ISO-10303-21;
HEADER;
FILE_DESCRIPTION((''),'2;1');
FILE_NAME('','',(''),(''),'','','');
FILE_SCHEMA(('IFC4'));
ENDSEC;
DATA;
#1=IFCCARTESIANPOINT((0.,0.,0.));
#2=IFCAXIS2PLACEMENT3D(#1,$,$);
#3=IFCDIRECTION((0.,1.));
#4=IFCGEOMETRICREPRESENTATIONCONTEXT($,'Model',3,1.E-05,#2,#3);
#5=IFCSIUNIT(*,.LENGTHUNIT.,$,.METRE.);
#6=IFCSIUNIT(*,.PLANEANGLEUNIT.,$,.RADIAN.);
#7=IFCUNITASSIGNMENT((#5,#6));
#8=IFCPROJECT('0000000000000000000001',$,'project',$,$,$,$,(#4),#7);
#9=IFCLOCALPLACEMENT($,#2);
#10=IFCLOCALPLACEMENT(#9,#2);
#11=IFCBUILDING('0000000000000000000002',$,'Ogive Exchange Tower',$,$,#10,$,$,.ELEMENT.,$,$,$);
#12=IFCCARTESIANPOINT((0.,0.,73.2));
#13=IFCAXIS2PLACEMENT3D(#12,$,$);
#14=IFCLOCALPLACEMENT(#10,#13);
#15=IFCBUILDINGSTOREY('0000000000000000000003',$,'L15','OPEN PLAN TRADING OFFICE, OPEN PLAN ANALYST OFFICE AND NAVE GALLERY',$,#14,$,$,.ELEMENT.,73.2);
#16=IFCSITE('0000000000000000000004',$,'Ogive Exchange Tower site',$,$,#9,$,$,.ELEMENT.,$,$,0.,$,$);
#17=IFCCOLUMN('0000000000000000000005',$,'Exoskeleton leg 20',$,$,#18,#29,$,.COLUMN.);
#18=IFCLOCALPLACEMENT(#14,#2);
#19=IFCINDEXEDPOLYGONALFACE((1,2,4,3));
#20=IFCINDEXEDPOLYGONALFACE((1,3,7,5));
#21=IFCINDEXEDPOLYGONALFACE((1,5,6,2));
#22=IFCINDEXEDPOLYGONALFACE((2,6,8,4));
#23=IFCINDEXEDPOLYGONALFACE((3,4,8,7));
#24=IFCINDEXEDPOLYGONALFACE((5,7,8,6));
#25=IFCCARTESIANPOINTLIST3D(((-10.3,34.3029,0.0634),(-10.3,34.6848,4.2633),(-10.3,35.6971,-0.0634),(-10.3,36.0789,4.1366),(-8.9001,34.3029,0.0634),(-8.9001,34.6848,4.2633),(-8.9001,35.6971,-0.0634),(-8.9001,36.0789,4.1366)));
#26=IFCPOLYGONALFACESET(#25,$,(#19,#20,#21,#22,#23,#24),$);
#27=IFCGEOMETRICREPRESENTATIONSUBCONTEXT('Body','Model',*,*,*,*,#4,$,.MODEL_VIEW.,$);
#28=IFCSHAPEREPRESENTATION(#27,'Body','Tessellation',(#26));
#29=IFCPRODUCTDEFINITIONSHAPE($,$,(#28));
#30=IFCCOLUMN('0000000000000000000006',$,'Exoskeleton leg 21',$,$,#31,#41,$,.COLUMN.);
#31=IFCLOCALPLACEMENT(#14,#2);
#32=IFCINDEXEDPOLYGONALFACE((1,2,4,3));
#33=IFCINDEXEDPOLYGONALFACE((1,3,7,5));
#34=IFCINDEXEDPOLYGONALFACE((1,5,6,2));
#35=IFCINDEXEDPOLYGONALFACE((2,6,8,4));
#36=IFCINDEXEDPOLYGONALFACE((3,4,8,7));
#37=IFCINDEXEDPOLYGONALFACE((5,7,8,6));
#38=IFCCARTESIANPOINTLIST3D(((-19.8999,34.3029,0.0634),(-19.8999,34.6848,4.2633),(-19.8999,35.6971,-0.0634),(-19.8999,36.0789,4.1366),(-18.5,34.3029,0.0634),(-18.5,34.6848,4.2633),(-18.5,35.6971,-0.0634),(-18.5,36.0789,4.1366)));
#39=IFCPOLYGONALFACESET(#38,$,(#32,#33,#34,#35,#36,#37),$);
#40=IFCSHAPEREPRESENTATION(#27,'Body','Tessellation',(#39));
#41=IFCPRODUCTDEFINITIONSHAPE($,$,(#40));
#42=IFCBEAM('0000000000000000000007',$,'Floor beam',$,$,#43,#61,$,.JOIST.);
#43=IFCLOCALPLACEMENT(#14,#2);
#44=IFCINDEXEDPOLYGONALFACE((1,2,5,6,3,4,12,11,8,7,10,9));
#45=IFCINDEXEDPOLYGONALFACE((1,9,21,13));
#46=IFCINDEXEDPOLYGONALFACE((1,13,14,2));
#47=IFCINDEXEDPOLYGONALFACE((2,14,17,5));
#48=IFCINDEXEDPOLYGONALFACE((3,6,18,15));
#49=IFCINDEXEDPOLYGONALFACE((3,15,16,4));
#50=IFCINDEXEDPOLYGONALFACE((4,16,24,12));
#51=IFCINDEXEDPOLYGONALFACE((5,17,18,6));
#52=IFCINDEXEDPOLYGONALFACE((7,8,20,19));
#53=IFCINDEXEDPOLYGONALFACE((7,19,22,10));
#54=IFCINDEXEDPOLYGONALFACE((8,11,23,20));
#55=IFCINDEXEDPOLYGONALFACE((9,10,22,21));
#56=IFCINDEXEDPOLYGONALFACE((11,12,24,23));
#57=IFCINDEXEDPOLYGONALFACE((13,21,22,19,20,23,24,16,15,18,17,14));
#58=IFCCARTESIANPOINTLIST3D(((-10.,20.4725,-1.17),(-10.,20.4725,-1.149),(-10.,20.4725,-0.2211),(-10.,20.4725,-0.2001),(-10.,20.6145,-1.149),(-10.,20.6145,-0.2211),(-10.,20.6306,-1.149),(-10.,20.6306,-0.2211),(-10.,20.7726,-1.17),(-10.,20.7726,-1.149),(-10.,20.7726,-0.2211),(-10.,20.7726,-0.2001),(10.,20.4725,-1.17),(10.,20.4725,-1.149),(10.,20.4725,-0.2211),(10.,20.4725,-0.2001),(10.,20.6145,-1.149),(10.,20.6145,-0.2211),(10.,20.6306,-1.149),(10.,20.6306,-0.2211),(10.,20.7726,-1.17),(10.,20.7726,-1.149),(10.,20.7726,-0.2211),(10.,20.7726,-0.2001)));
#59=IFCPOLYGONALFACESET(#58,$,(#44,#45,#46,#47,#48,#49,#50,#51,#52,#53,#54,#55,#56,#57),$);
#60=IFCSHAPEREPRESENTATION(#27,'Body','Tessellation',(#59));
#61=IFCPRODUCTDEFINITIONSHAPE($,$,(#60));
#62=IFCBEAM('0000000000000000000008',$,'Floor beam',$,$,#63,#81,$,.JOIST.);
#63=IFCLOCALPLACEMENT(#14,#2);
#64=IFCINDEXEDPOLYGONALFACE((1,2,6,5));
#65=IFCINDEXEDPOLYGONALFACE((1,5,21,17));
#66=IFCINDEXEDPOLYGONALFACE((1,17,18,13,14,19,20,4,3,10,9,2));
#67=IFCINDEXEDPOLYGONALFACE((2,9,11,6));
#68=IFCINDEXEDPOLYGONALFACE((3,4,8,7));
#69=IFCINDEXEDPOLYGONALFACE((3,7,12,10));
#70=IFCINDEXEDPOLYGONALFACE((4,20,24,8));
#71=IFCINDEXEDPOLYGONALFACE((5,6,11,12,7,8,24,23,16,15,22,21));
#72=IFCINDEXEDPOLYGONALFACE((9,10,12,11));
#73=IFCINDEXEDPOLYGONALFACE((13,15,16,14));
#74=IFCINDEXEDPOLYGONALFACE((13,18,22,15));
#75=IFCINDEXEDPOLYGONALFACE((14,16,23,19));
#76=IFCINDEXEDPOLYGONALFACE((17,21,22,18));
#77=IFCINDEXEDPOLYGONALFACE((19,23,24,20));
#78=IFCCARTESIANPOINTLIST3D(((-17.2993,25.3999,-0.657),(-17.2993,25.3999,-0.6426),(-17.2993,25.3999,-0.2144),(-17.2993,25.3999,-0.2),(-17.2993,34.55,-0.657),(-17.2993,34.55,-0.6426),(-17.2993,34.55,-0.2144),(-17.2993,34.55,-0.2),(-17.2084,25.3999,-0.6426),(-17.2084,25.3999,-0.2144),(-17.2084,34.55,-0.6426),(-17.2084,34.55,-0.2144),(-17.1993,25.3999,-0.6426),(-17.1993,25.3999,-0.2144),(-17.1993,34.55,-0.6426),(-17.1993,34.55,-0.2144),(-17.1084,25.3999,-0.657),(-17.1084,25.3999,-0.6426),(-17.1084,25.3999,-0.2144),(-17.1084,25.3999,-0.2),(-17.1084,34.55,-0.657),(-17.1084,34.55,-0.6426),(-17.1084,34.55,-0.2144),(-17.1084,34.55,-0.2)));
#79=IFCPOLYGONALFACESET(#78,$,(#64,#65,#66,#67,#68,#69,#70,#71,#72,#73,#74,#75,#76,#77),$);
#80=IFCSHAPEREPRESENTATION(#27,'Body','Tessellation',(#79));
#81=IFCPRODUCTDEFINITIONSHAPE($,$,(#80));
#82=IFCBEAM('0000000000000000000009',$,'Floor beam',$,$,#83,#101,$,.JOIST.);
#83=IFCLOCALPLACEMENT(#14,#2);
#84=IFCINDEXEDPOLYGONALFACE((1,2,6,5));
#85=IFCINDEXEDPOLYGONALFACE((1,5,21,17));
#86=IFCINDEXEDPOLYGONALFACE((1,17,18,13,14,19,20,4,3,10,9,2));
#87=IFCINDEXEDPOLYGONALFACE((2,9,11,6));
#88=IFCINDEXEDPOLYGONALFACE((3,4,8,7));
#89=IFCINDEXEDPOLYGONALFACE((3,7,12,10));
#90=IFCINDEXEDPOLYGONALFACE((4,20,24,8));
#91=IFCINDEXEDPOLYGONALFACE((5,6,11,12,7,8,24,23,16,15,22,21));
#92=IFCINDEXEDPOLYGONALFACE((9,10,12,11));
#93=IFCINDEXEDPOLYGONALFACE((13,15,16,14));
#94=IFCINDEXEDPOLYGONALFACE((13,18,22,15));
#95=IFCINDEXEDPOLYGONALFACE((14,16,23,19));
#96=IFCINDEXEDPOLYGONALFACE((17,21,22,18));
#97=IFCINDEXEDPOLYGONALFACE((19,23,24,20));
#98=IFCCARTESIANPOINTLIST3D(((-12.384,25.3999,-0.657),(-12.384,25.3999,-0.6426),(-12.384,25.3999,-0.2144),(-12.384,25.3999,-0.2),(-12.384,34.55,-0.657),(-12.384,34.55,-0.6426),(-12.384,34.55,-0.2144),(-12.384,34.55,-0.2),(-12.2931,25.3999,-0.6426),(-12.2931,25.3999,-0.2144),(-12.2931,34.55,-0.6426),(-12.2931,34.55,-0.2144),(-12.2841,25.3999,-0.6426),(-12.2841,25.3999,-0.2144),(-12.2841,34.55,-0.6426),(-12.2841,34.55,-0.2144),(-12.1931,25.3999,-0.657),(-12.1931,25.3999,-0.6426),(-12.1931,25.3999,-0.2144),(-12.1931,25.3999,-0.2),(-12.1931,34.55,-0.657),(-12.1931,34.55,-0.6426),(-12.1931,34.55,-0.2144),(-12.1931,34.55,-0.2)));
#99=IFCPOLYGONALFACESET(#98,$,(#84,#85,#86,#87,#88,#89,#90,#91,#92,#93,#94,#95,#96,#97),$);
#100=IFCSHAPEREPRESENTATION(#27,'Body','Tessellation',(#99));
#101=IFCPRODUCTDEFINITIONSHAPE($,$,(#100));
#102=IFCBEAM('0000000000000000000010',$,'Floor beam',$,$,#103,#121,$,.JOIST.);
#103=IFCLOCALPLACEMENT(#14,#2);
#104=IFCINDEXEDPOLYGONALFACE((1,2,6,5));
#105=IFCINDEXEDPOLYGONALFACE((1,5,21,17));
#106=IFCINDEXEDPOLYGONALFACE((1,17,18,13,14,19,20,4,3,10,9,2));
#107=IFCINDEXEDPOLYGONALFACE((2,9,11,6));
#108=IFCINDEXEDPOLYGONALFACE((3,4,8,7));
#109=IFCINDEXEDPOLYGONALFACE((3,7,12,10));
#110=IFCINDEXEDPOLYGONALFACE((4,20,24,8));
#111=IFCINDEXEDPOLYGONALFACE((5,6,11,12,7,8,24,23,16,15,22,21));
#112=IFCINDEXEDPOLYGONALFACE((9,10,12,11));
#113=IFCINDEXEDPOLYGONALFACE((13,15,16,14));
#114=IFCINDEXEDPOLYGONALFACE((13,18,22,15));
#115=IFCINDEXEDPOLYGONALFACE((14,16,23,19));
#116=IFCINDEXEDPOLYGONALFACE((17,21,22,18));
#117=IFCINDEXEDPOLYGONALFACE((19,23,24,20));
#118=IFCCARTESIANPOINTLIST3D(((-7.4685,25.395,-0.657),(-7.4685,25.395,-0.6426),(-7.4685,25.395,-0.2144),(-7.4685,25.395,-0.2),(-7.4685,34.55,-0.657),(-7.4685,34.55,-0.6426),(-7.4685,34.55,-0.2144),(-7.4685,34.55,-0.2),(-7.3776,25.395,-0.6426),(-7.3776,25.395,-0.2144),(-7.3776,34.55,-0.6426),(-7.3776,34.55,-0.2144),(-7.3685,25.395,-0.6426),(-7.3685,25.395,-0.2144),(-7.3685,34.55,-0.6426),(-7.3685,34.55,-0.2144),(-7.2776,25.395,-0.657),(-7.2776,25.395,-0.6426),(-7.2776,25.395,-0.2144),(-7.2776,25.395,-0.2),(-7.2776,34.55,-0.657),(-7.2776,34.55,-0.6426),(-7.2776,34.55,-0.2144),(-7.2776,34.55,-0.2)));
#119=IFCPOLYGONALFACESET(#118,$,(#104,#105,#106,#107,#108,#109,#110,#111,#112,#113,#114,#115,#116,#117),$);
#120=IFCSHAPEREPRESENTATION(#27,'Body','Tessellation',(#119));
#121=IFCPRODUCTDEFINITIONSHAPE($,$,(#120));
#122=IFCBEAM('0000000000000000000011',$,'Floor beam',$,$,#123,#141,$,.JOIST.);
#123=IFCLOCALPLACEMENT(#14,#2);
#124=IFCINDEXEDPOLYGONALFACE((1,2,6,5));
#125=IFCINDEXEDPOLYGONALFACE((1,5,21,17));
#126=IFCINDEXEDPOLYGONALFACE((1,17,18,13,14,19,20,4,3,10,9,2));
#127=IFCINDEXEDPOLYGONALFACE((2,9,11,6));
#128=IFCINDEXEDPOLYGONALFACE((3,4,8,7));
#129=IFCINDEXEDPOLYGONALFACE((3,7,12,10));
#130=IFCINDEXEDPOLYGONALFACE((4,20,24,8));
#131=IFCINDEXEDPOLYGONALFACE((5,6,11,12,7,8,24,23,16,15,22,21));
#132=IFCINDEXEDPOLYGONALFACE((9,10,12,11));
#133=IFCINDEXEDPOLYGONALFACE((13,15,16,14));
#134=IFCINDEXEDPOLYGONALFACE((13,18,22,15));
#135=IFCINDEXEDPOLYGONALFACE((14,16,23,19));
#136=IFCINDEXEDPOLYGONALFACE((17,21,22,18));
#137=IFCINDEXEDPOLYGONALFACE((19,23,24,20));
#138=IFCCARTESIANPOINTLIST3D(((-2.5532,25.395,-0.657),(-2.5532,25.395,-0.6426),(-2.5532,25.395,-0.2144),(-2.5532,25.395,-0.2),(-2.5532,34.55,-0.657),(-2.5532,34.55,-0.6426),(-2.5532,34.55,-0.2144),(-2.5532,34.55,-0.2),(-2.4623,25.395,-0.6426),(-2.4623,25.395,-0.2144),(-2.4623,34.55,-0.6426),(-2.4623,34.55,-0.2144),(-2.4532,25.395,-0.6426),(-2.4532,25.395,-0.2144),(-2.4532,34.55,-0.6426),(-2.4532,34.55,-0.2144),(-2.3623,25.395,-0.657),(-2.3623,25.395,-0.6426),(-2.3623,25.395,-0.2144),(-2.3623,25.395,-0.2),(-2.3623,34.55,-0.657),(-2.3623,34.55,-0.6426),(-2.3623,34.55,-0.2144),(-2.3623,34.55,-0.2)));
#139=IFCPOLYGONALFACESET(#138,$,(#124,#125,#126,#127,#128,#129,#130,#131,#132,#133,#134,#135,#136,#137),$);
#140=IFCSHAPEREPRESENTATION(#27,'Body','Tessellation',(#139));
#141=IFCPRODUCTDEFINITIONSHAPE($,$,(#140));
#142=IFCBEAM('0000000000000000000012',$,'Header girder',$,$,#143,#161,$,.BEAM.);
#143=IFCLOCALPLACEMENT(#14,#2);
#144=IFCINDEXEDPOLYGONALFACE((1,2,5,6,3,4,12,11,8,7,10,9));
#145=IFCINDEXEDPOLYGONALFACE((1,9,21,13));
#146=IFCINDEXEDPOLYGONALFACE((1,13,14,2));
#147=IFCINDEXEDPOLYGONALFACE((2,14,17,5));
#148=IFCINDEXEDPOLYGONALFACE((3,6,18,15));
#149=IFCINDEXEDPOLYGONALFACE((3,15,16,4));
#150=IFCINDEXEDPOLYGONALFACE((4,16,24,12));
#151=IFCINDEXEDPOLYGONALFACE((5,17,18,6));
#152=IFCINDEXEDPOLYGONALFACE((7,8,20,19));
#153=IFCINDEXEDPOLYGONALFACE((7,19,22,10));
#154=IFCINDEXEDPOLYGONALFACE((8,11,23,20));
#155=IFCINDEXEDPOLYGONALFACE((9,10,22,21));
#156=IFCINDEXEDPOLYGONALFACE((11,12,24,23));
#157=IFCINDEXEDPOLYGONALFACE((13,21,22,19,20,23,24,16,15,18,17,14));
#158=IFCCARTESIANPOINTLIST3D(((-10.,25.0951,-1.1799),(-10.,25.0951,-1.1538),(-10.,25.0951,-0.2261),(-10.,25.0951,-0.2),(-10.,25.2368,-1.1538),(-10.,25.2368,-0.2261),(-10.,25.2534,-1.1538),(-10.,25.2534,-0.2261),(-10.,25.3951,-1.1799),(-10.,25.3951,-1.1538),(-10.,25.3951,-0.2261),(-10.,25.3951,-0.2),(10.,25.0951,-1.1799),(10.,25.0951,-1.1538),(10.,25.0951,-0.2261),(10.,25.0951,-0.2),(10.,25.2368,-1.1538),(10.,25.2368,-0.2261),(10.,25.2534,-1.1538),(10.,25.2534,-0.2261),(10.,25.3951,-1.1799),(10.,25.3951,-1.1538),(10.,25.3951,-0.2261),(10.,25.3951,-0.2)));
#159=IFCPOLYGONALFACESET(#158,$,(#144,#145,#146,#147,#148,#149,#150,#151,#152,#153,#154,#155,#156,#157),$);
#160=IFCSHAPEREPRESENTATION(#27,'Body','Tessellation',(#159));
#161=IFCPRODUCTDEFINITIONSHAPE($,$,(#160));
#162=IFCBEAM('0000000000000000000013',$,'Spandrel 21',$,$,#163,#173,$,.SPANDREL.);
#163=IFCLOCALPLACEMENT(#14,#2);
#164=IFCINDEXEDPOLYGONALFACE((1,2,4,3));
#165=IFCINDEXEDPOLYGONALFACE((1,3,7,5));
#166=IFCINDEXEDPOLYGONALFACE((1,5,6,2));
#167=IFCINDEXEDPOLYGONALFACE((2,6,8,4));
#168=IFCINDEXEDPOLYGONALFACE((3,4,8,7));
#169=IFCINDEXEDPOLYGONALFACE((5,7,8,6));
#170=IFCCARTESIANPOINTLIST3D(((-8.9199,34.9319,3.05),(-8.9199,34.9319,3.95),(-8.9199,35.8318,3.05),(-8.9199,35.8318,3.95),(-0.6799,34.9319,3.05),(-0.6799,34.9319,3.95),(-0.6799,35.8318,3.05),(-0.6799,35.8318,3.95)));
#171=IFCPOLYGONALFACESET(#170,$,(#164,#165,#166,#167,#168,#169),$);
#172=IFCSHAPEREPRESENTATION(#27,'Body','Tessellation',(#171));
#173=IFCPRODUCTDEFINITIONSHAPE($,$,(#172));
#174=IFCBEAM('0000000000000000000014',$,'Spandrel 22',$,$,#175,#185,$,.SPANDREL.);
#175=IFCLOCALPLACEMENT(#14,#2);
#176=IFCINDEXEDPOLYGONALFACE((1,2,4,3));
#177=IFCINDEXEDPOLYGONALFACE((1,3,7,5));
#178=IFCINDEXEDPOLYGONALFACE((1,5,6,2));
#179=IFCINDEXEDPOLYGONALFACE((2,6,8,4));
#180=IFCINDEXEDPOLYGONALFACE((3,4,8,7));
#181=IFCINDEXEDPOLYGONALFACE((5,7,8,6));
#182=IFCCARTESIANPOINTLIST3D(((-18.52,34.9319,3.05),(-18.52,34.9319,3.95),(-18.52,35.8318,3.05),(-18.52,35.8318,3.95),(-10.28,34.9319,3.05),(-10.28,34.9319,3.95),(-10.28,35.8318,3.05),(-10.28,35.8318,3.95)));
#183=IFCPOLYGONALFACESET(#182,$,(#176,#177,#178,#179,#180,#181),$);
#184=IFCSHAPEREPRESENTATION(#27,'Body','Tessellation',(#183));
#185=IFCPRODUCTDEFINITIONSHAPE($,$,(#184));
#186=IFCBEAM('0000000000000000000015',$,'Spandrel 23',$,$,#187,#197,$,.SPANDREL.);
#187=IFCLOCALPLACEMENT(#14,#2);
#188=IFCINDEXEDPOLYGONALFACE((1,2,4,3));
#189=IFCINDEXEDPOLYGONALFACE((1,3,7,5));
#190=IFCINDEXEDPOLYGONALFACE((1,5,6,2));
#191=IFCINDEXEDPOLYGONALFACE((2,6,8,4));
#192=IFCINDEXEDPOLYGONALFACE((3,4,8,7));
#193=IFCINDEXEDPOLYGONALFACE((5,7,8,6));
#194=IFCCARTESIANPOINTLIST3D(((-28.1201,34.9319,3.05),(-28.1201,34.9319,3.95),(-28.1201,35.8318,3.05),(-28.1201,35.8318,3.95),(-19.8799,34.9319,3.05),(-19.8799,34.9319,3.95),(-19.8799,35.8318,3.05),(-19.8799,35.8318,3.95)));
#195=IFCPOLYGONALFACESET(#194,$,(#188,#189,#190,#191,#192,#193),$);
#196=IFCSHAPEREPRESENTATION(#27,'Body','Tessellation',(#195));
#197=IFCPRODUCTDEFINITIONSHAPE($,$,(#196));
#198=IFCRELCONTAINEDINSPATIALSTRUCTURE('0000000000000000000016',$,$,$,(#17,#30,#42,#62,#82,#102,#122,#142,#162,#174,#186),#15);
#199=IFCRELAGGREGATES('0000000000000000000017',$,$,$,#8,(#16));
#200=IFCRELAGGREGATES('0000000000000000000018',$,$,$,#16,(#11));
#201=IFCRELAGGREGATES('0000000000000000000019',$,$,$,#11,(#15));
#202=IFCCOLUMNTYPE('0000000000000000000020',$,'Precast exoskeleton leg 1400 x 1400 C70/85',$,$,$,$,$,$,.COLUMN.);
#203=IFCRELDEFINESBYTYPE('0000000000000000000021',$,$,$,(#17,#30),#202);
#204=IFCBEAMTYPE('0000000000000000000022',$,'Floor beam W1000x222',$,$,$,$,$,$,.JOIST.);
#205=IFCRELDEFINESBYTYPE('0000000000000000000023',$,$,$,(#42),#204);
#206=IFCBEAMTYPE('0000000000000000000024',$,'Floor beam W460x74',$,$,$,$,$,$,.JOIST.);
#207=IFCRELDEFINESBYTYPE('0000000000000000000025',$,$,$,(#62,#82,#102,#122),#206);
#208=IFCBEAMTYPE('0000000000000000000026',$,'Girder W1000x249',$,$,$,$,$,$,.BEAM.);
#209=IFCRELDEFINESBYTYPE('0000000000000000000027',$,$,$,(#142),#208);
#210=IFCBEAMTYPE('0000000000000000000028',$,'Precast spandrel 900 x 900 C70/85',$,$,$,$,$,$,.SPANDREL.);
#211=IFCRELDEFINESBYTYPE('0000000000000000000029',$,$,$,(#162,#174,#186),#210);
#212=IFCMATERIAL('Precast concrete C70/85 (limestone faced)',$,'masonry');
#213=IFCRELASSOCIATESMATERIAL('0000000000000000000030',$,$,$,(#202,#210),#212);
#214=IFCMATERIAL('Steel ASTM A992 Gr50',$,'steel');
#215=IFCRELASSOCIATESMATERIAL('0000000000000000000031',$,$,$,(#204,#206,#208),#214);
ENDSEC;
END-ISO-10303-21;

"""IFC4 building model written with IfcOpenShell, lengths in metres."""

from ifc_helpers import new_model, si_unit, direction, frame, origin, origin_2d, place, context, subcontext, project, spatial, rectangle, i_section, extrude, material, material_profile, profile_set, type_object, element, save


model = new_model("IFC4")

# Units and contexts
model_context = context("Model", 3, precision=1e-05, world=origin(), true_north=direction((0.0, 1.0)))
body_context = subcontext(model_context, "Body", "Model", "MODEL_VIEW")
ifc_project = project(units=[si_unit("LENGTHUNIT", "METRE"), si_unit("PLANEANGLEUNIT", "RADIAN")], contexts=[model_context])

# Site, building, storey
site_placement = place(None, origin())
site = spatial("IfcSite", under=ifc_project, at=site_placement, Name="Ogive Exchange Tower site", CompositionType="ELEMENT", RefElevation=0.0)
building_placement = place(site_placement, origin())
building = spatial("IfcBuilding", under=site, at=building_placement, Name="Ogive Exchange Tower", CompositionType="ELEMENT")
storey_placement = place(building_placement, frame((0.0, 0.0, 73.2)))
storey = spatial("IfcBuildingStorey", under=building, at=storey_placement, Name="L15", Description="OPEN PLAN TRADING OFFICE, OPEN PLAN ANALYST OFFICE AND NAVE GALLERY", CompositionType="ELEMENT", Elevation=73.2)

# Columns
ifc_material_1 = material(Name="Precast concrete C70/85 (limestone faced)", Category="masonry")
ifc_material_profile_1 = material_profile(ifc_material_1, rectangle(XDim=1.3999, YDim=1.3999, at=origin_2d()), Name="1400 x 1400")
ifc_profile_set_1 = profile_set([ifc_material_profile_1], Name="Precast concrete C70/85 (limestone faced)")
column_type = type_object("IfcColumnType", Name="Precast exoskeleton leg 1400 x 1400 C70/85", PredefinedType="COLUMN", material=ifc_profile_set_1)
for number, where, z_axis, x_axis, name in (
    (1, (-9.6001, 35.0, 0.0), (0.0, 0.090541, 0.995893), (-1.0, 0.0, 0.0), "Exoskeleton leg 20"),
    (2, (-19.2, 35.0, 0.0), (0.0, 0.090541, 0.995893), (-1.0, 0.0, 0.0), "Exoskeleton leg 21"),
):
    element("IfcColumn", number, at=place(storey_placement, frame(where, z_axis=z_axis, x_axis=x_axis)), inside=storey, type_object=column_type, Name=name, PredefinedType="COLUMN", context=body_context, shape_type="SweptSolid", body=[
        extrude(rectangle(XDim=1.3999, YDim=1.3999, at=origin_2d()), origin(), (0.0, 0.0, 1.0), 4.2173),
    ])

# Beams
ifc_material_2 = material(Name="Steel ASTM A992 Gr50", Category="steel")
ifc_material_profile_2 = material_profile(ifc_material_2, i_section(OverallWidth=0.3, OverallDepth=0.97, WebThickness=0.0161, FlangeThickness=0.021, at=origin_2d()), Name="W1000x222")
ifc_profile_set_2 = profile_set([ifc_material_profile_2], Name="Steel ASTM A992 Gr50")
beam_type_1 = type_object("IfcBeamType", Name="Floor beam W1000x222", PredefinedType="JOIST", material=ifc_profile_set_2)
beam_1_placement = place(storey_placement, frame((-10.0, 20.6226, -0.6851), z_axis=(1.0, 0.0, 0.0), x_axis=(0.0, 1.0, 0.0)))
element("IfcBeam", 3, at=beam_1_placement, inside=storey, type_object=beam_type_1, Name="Floor beam", PredefinedType="JOIST", context=body_context, shape_type="SweptSolid", body=[
    extrude(i_section(OverallWidth=0.3, OverallDepth=0.97, WebThickness=0.0161, FlangeThickness=0.021, at=origin_2d()), origin(), (0.0, 0.0, 1.0), 20.0),
])
ifc_material_profile_3 = material_profile(ifc_material_2, i_section(OverallWidth=0.1909, OverallDepth=0.457, WebThickness=0.009, FlangeThickness=0.0144, at=origin_2d()), Name="W460x74")
ifc_profile_set_3 = profile_set([ifc_material_profile_3], Name="Steel ASTM A992 Gr50")
beam_type_2 = type_object("IfcBeamType", Name="Floor beam W460x74", PredefinedType="JOIST", material=ifc_profile_set_3)
for number, where, z_axis, x_axis, name in (
    (4, (-17.2039, 25.3999, -0.4285), (0.0, 1.0, 0.0), (-1.0, 0.0, 0.0), "Floor beam"),
    (5, (-12.2886, 25.3999, -0.4285), (0.0, 1.0, 0.0), (-1.0, 0.0, 0.0), "Floor beam"),
):
    element("IfcBeam", number, at=place(storey_placement, frame(where, z_axis=z_axis, x_axis=x_axis)), inside=storey, type_object=beam_type_2, Name=name, PredefinedType="JOIST", context=body_context, shape_type="SweptSolid", body=[
        extrude(i_section(OverallWidth=0.1909, OverallDepth=0.457, WebThickness=0.009, FlangeThickness=0.0144, at=origin_2d()), origin(), (0.0, 0.0, 1.0), 9.1501),
    ])
for number, where, z_axis, x_axis, name in (
    (6, (-7.373, 25.395, -0.4285), (0.0, 1.0, 0.0), (-1.0, 0.0, 0.0), "Floor beam"),
    (7, (-2.4578, 25.395, -0.4285), (0.0, 1.0, 0.0), (-1.0, 0.0, 0.0), "Floor beam"),
):
    element("IfcBeam", number, at=place(storey_placement, frame(where, z_axis=z_axis, x_axis=x_axis)), inside=storey, type_object=beam_type_2, Name=name, PredefinedType="JOIST", context=body_context, shape_type="SweptSolid", body=[
        extrude(i_section(OverallWidth=0.1909, OverallDepth=0.457, WebThickness=0.009, FlangeThickness=0.0144, at=origin_2d()), origin(), (0.0, 0.0, 1.0), 9.155),
    ])
ifc_material_profile_4 = material_profile(ifc_material_2, i_section(OverallWidth=0.3, OverallDepth=0.98, WebThickness=0.0166, FlangeThickness=0.0261, at=origin_2d()), Name="W1000x249")
ifc_profile_set_4 = profile_set([ifc_material_profile_4], Name="Steel ASTM A992 Gr50")
beam_type_3 = type_object("IfcBeamType", Name="Girder W1000x249", PredefinedType="BEAM", material=ifc_profile_set_4)
beam_2_placement = place(storey_placement, frame((-10.0, 25.2451, -0.6899), z_axis=(1.0, 0.0, 0.0), x_axis=(0.0, 1.0, 0.0)))
element("IfcBeam", 8, at=beam_2_placement, inside=storey, type_object=beam_type_3, Name="Header girder", PredefinedType="BEAM", context=body_context, shape_type="SweptSolid", body=[
    extrude(i_section(OverallWidth=0.3, OverallDepth=0.98, WebThickness=0.0166, FlangeThickness=0.0261, at=origin_2d()), origin(), (0.0, 0.0, 1.0), 20.0),
])
ifc_material_profile_5 = material_profile(ifc_material_1, rectangle(XDim=0.8999, YDim=0.8999, at=origin_2d()), Name="900 x 900")
ifc_profile_set_5 = profile_set([ifc_material_profile_5], Name="Precast concrete C70/85 (limestone faced)")
beam_type_4 = type_object("IfcBeamType", Name="Precast spandrel 900 x 900 C70/85", PredefinedType="SPANDREL", material=ifc_profile_set_5)
for number, where, z_axis, x_axis, name in (
    (9, (-0.6799, 35.3818, 3.5), (-1.0, 0.0, 0.0), (0.0, -1.0, 0.0), "Spandrel 21"),
    (10, (-10.28, 35.3818, 3.5), (-1.0, 0.0, 0.0), (0.0, -1.0, 0.0), "Spandrel 22"),
):
    element("IfcBeam", number, at=place(storey_placement, frame(where, z_axis=z_axis, x_axis=x_axis)), inside=storey, type_object=beam_type_4, Name=name, PredefinedType="SPANDREL", context=body_context, shape_type="SweptSolid", body=[
        extrude(rectangle(XDim=0.8999, YDim=0.8999, at=origin_2d()), origin(), (0.0, 0.0, 1.0), 8.24),
    ])
beam_3_placement = place(storey_placement, frame((-19.8799, 35.3818, 3.5), z_axis=(-1.0, 0.0, 0.0), x_axis=(0.0, -1.0, 0.0)))
element("IfcBeam", 11, at=beam_3_placement, inside=storey, type_object=beam_type_4, Name="Spandrel 23", PredefinedType="SPANDREL", context=body_context, shape_type="SweptSolid", body=[
    extrude(rectangle(XDim=0.8999, YDim=0.8999, at=origin_2d()), origin(), (0.0, 0.0, 1.0), 8.2402),
])

save(model, "model.ifc")
